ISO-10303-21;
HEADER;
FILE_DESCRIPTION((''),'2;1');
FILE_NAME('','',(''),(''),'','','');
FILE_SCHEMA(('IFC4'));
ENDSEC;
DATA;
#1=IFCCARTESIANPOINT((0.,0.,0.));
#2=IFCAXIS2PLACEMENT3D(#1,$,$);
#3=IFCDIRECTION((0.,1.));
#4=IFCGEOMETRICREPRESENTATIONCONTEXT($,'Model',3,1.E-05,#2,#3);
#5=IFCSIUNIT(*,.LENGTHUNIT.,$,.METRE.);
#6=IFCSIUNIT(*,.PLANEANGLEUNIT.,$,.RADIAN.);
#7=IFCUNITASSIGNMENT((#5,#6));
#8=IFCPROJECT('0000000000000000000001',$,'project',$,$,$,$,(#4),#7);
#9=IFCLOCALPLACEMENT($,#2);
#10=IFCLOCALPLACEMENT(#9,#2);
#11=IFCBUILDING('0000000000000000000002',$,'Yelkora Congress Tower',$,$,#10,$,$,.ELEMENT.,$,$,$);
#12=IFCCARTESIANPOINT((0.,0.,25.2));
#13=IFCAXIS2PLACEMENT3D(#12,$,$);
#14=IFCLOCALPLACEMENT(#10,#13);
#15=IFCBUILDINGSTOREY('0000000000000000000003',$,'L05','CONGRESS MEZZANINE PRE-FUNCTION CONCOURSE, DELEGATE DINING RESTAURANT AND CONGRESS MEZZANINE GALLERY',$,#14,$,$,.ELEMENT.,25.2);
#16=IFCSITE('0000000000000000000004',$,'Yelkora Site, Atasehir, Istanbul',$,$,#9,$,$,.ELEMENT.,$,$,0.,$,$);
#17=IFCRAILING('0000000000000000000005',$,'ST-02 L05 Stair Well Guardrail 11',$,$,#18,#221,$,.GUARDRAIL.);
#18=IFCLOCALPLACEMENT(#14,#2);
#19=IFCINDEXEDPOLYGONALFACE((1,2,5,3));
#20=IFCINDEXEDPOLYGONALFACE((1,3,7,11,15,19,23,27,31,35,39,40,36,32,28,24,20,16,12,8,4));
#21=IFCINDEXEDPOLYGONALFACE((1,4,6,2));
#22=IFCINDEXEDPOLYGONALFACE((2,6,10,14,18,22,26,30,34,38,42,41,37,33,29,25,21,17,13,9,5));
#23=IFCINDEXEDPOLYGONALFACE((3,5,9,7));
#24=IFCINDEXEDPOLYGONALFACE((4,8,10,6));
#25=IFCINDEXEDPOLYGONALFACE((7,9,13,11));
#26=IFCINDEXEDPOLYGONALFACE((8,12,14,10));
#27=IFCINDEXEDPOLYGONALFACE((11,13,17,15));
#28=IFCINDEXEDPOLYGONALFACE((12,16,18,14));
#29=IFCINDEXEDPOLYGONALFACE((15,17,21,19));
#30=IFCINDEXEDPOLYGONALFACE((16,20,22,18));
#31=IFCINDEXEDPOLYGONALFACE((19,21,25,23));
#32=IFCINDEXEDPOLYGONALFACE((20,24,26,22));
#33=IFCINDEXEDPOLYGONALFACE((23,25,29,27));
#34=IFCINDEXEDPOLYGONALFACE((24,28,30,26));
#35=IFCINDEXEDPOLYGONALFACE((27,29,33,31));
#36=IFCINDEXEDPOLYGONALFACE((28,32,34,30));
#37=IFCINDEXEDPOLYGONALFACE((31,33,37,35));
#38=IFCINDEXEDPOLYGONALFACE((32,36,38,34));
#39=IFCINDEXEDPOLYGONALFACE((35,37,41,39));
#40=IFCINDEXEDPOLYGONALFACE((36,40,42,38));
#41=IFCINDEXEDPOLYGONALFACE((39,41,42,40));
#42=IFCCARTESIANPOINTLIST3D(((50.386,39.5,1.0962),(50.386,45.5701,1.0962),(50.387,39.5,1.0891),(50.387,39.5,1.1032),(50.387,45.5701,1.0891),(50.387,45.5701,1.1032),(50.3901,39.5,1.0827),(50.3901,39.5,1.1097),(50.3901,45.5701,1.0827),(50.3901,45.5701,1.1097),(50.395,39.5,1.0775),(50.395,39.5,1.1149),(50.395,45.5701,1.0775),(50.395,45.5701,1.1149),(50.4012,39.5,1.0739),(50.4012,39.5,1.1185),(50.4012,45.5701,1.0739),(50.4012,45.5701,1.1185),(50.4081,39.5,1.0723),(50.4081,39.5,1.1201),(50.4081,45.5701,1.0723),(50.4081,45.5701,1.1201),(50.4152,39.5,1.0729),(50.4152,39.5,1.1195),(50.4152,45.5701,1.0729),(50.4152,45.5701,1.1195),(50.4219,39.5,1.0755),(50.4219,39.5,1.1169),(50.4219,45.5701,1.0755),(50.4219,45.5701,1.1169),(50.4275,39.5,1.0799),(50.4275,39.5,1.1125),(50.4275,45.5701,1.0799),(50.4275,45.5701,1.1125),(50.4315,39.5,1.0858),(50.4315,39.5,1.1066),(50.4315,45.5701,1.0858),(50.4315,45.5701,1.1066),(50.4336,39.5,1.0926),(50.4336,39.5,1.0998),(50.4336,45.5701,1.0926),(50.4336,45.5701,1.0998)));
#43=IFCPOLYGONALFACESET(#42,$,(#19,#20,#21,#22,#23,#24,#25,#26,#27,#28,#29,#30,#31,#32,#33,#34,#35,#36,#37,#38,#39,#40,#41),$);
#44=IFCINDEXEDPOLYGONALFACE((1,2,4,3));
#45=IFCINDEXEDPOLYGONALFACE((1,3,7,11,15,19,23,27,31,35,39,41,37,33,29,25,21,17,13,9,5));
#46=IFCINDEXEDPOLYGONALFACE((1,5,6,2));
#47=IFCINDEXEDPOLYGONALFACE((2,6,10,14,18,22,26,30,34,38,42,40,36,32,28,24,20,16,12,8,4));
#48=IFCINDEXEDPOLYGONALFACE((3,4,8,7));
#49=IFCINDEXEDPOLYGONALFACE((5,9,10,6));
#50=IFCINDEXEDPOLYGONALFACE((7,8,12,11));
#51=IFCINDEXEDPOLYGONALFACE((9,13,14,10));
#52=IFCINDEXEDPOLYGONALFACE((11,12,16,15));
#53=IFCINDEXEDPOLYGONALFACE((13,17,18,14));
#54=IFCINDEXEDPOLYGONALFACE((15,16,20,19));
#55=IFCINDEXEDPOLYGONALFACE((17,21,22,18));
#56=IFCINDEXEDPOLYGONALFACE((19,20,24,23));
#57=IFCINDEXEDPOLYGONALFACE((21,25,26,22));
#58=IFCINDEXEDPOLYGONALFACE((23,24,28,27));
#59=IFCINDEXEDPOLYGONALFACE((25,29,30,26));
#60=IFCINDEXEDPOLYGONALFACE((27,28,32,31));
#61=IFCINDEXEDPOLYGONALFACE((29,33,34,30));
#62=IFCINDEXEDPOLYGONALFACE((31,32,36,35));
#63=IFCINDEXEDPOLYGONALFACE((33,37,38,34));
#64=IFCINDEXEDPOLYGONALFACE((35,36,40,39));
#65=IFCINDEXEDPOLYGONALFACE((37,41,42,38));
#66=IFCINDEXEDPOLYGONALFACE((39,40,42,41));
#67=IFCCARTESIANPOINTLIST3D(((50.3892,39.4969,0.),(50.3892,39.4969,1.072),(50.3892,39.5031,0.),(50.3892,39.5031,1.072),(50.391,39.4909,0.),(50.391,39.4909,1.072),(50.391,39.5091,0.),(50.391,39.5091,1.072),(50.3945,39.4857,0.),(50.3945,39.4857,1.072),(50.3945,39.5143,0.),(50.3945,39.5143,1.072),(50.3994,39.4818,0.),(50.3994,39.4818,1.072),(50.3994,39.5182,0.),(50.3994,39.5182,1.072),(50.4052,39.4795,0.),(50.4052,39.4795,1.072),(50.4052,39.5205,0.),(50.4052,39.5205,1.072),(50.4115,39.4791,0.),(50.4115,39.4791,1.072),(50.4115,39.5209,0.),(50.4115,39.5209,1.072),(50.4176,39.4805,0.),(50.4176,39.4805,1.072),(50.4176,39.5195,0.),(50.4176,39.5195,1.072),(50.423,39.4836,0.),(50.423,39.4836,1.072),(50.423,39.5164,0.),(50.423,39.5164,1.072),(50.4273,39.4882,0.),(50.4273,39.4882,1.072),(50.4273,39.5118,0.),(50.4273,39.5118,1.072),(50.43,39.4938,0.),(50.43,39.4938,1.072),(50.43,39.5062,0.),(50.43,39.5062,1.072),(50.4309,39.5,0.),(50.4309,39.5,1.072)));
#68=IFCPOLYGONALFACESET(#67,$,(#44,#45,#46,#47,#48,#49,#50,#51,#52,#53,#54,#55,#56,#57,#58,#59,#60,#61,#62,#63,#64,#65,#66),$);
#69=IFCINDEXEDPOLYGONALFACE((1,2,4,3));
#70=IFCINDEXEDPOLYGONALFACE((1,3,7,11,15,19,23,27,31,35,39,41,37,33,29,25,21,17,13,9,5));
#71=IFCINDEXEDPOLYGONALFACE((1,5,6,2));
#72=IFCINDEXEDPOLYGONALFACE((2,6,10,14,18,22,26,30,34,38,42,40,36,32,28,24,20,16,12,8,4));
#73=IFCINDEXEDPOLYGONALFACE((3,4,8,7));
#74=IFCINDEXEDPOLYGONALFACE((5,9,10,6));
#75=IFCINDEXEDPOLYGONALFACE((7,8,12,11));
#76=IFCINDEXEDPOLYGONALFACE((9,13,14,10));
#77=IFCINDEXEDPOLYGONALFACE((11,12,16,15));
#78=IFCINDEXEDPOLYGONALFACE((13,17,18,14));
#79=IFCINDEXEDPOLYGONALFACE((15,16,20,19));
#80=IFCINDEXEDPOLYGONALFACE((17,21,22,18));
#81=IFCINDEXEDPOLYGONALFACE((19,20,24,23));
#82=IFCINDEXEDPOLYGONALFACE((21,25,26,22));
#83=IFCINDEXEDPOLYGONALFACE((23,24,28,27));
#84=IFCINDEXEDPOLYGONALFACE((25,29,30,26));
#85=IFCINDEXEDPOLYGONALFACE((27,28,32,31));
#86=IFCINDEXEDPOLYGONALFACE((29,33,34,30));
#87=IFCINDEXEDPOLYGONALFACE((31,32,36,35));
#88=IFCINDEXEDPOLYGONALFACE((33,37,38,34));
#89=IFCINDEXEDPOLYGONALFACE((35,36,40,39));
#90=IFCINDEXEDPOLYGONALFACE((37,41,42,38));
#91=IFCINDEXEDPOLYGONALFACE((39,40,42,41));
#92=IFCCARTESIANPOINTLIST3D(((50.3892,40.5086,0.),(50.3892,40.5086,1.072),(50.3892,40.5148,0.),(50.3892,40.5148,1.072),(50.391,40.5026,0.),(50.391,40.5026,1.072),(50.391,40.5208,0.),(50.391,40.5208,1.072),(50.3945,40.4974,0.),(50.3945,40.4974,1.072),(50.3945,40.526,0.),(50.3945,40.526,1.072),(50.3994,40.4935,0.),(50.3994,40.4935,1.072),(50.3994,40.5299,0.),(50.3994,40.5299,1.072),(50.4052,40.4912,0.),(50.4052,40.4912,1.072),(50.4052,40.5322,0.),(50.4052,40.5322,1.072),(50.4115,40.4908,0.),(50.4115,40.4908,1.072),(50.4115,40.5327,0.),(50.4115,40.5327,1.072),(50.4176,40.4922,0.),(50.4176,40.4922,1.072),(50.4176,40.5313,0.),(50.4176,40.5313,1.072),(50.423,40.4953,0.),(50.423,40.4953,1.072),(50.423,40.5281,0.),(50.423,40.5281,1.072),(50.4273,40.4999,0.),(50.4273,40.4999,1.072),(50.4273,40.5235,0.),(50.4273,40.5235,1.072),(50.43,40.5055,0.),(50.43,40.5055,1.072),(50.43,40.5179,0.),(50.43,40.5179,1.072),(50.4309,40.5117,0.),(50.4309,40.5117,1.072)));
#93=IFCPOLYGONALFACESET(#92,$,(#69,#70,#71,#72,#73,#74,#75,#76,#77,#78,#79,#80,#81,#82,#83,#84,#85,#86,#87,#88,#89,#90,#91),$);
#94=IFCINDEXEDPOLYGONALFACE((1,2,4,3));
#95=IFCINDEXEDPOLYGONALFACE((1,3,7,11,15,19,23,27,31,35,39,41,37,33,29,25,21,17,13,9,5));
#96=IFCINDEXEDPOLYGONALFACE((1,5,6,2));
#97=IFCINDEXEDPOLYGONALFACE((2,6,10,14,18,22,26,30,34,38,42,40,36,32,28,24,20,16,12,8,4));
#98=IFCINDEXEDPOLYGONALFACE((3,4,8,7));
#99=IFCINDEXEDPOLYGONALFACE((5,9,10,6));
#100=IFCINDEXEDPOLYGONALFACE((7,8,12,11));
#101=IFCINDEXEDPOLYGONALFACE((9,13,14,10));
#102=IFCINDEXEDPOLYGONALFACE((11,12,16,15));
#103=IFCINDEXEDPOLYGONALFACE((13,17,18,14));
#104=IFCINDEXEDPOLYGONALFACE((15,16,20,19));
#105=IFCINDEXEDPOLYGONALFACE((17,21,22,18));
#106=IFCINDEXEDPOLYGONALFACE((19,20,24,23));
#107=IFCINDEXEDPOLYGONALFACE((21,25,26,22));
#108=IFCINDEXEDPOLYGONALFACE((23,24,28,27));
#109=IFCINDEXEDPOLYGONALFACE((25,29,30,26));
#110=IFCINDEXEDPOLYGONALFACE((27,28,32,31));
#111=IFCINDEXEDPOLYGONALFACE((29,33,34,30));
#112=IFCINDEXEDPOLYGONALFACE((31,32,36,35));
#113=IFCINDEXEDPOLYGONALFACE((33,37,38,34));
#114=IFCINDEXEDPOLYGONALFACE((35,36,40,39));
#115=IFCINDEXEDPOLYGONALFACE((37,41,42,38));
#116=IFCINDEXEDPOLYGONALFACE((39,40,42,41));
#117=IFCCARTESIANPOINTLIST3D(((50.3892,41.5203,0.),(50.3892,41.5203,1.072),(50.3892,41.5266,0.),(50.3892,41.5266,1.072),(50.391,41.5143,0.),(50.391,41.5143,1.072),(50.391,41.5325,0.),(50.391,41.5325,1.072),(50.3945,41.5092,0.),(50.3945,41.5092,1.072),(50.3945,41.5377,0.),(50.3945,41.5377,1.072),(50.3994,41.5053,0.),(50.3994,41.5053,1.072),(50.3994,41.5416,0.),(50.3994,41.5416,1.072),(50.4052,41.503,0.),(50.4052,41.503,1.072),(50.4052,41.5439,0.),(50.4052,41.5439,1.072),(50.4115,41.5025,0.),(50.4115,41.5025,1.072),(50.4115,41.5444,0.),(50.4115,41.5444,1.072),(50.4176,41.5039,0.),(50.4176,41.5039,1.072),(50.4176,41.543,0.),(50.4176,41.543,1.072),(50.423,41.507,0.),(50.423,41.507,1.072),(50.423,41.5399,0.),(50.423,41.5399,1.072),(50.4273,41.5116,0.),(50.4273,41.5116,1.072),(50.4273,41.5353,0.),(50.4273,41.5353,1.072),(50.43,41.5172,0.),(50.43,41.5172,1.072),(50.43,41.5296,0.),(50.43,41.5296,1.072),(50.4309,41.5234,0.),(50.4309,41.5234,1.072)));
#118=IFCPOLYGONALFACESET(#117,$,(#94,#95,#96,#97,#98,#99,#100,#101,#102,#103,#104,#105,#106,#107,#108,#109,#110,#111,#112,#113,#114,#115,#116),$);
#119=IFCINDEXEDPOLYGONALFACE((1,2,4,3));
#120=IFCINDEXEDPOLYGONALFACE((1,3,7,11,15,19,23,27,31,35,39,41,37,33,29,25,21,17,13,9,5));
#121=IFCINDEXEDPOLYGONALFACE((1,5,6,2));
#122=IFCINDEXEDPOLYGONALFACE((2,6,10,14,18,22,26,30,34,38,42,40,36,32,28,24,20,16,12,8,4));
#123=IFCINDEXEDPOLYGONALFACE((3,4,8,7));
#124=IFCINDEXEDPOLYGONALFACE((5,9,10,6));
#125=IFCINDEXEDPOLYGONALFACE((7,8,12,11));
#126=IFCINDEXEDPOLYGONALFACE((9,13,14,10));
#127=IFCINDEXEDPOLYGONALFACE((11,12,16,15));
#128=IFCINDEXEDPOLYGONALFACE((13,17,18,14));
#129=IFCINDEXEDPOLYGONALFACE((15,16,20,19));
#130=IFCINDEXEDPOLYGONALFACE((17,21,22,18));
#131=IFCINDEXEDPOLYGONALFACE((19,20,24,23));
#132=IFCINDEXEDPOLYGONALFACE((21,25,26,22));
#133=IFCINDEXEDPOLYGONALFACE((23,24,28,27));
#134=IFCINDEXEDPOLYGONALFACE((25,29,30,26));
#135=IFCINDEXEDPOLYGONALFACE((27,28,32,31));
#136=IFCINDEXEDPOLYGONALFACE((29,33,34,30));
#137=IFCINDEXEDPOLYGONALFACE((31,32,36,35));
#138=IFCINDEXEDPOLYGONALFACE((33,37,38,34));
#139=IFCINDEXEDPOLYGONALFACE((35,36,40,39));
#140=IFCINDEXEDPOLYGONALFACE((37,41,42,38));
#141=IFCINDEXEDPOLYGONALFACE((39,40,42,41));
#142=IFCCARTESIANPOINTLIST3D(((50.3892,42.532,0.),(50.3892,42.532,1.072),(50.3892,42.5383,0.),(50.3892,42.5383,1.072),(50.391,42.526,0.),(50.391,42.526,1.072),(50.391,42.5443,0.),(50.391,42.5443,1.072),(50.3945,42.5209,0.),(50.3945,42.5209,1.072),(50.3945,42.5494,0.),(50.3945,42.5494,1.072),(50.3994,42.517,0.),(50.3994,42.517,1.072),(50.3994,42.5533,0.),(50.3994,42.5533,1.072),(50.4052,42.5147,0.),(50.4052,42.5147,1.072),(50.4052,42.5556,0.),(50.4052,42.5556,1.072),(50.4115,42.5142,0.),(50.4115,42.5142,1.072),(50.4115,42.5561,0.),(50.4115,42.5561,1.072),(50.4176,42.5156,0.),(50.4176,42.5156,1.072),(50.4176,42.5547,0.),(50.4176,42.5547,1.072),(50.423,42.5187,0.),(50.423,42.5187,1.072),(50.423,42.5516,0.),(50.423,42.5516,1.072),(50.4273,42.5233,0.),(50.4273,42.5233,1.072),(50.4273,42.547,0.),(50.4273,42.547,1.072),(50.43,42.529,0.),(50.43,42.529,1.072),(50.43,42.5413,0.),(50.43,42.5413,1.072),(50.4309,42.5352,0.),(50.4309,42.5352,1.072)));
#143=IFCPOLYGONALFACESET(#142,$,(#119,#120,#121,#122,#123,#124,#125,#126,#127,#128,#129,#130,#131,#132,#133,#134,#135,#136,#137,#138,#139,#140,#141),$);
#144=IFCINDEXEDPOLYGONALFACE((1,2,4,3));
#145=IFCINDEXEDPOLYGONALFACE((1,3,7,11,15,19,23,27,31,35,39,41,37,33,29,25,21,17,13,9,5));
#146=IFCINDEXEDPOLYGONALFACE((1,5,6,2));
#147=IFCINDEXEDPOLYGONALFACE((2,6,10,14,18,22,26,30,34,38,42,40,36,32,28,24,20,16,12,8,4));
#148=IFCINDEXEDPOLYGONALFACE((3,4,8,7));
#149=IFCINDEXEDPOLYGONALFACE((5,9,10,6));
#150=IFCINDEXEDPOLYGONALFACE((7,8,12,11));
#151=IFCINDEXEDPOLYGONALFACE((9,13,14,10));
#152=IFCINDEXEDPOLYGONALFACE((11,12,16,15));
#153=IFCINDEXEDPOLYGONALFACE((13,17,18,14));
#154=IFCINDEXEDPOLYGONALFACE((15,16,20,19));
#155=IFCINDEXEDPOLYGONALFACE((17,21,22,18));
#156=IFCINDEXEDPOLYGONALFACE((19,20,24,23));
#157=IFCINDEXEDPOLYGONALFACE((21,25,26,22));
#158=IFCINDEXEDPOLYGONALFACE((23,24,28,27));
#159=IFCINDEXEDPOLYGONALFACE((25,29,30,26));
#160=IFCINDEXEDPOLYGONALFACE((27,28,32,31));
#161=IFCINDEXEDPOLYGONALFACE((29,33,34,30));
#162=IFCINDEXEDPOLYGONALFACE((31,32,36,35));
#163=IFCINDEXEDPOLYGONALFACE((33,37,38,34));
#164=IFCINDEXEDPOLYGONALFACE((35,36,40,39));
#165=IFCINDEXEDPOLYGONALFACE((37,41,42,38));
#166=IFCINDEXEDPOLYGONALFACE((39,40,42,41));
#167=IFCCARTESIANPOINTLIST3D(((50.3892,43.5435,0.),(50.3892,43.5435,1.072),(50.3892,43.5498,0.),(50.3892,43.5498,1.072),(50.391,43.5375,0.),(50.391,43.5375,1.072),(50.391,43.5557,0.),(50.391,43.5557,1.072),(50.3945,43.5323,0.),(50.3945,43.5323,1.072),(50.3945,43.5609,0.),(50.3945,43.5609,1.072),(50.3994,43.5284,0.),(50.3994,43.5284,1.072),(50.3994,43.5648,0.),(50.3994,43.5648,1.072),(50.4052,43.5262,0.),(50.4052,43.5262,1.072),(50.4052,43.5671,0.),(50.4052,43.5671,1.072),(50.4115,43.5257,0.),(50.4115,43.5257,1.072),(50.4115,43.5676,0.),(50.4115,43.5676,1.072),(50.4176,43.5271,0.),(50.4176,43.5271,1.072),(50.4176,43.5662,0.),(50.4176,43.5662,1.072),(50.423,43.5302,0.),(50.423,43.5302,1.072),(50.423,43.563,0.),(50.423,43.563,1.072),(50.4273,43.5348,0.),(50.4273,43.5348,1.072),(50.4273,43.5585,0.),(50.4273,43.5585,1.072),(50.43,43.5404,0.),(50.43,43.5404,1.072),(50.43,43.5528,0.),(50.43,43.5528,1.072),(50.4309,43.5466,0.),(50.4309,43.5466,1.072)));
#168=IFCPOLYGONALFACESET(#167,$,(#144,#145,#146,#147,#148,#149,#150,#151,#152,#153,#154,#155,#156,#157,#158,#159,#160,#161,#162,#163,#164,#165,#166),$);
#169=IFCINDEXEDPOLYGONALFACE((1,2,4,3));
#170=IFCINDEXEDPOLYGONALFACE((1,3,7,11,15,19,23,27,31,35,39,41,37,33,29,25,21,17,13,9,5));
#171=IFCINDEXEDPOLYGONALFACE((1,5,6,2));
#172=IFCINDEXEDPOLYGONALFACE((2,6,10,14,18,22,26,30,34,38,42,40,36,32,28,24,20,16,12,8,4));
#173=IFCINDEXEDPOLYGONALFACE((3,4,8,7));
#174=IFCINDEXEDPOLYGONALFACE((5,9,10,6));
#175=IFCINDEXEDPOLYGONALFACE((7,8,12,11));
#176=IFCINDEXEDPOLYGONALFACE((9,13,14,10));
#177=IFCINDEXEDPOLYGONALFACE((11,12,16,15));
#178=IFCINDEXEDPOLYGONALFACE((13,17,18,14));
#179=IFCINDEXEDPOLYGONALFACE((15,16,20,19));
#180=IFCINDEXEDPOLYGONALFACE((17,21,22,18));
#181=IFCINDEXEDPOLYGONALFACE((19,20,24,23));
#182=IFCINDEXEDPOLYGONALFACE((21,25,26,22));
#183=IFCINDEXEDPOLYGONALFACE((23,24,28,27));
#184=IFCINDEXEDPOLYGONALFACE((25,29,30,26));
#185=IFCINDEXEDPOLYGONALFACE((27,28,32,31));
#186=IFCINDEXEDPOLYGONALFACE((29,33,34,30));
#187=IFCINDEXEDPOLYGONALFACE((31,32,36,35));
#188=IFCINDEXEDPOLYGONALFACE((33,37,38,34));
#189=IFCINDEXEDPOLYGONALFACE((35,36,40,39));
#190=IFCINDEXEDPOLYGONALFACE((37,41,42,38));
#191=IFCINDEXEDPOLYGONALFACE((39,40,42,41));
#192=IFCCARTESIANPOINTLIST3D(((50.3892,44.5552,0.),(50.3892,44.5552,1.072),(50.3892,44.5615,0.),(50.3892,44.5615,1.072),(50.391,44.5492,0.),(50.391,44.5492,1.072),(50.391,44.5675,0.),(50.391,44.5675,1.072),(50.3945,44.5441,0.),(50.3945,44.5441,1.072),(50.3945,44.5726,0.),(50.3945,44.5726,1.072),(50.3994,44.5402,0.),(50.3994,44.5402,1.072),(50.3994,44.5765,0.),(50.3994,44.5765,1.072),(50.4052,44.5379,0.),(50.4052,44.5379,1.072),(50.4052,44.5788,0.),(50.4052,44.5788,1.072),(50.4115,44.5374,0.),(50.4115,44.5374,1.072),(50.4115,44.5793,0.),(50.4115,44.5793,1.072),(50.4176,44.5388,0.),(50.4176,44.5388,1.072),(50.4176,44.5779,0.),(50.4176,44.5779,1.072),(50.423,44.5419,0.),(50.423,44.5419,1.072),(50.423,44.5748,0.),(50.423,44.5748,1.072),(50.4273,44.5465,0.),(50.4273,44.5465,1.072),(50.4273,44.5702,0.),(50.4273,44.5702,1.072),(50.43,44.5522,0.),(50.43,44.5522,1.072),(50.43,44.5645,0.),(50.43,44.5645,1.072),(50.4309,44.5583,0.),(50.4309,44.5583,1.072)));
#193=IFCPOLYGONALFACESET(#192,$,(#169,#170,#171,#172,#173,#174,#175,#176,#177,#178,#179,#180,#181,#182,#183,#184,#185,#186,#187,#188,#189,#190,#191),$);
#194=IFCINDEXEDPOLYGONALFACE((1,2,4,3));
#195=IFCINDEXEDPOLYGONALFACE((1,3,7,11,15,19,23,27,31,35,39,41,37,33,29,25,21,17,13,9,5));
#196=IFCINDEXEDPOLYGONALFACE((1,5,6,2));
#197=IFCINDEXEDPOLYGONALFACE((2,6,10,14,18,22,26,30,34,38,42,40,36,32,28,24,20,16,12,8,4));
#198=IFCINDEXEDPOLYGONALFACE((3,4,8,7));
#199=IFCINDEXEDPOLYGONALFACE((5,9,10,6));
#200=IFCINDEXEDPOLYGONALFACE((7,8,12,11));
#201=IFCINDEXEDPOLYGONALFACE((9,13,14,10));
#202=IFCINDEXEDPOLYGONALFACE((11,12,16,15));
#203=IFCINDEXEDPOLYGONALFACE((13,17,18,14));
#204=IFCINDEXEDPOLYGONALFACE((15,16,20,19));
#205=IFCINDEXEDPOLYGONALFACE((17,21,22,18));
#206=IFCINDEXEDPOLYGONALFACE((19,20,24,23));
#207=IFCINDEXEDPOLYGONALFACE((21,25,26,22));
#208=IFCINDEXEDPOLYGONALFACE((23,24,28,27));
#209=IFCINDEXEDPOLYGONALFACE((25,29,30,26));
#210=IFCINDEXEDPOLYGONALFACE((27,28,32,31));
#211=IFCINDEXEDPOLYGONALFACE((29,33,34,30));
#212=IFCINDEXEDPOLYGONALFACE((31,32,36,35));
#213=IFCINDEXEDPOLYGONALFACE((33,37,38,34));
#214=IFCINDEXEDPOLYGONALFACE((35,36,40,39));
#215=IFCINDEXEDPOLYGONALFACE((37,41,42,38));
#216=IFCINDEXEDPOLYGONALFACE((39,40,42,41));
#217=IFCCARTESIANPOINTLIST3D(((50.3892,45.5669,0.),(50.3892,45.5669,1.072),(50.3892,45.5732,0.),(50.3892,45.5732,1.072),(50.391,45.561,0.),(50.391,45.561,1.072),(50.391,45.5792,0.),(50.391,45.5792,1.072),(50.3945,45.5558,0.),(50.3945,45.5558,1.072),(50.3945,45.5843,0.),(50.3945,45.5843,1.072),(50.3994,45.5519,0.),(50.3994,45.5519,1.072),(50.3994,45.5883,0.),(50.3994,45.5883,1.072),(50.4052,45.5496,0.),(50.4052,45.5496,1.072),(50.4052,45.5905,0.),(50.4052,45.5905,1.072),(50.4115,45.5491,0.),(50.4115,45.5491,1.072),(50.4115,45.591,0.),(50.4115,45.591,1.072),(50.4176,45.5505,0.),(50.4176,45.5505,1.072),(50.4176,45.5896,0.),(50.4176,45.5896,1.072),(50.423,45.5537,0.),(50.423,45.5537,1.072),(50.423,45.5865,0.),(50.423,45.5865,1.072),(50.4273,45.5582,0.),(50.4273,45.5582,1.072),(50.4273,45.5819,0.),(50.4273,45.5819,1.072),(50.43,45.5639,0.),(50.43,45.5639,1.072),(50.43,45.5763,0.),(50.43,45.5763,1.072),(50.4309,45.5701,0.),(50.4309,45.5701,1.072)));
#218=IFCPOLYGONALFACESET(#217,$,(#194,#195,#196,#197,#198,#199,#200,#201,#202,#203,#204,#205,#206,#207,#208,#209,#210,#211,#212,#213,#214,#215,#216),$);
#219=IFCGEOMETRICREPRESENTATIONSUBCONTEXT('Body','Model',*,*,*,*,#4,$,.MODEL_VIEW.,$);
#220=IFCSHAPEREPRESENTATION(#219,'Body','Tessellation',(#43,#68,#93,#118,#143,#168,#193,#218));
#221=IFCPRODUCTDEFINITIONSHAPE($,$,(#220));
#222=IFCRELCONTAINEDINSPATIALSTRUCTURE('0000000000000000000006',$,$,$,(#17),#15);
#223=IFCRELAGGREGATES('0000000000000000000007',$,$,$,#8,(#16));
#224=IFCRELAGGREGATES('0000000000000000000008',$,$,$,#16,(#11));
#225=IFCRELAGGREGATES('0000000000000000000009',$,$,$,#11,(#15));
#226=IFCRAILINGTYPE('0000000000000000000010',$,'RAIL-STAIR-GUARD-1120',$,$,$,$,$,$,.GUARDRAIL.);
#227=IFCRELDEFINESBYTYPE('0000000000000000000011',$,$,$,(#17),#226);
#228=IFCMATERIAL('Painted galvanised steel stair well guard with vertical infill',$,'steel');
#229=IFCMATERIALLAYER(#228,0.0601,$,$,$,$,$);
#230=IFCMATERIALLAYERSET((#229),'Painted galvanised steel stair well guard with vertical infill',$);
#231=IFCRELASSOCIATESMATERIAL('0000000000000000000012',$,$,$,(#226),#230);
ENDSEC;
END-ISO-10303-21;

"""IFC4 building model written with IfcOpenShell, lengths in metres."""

from ifc_helpers import new_model, si_unit, direction, frame, origin, origin_2d, place, context, subcontext, project, spatial, circle, extrude, material, layer, layer_set, type_object, element, save


model = new_model("IFC4")

# Units and contexts
model_context = context("Model", 3, precision=1e-05, world=origin(), true_north=direction((0.0, 1.0)))
body_context = subcontext(model_context, "Body", "Model", "MODEL_VIEW")
ifc_project = project(units=[si_unit("LENGTHUNIT", "METRE"), si_unit("PLANEANGLEUNIT", "RADIAN")], contexts=[model_context])

# Site, building, storey
site_placement = place(None, origin())
site = spatial("IfcSite", under=ifc_project, at=site_placement, Name="Yelkora Site, Atasehir, Istanbul", CompositionType="ELEMENT", RefElevation=0.0)
building_placement = place(site_placement, origin())
building = spatial("IfcBuilding", under=site, at=building_placement, Name="Yelkora Congress Tower", CompositionType="ELEMENT")
storey_placement = place(building_placement, frame((0.0, 0.0, 25.2)))
storey = spatial("IfcBuildingStorey", under=building, at=storey_placement, Name="L05", Description="CONGRESS MEZZANINE PRE-FUNCTION CONCOURSE, DELEGATE DINING RESTAURANT AND CONGRESS MEZZANINE GALLERY", CompositionType="ELEMENT", Elevation=25.2)

# Railing
ifc_material_1 = material(Name="Painted galvanised steel stair well guard with vertical infill", Category="steel")
ifc_layer_1 = layer(ifc_material_1, 0.0601)
ifc_layer_set_1 = layer_set([ifc_layer_1], Name="Painted galvanised steel stair well guard with vertical infill")
railing_type_1 = type_object("IfcRailingType", Name="RAIL-STAIR-GUARD-1120", PredefinedType="GUARDRAIL", material=ifc_layer_set_1)
railing_1_placement = place(storey_placement, frame((50.4099, 39.5, 0.0)))
element("IfcRailing", 1, at=railing_1_placement, inside=storey, type_object=railing_type_1, Name="ST-02 L05 Stair Well Guardrail 11", PredefinedType="GUARDRAIL", context=body_context, shape_type="SweptSolid", body=[
    extrude(circle(Radius=0.0239, at=origin_2d()), frame((0.0, 0.0, 1.0962), z_axis=(0.0, 1.0, 0.0), x_axis=(-1.0, 0.0, 0.0)), (0.0, 0.0, 1.0), 6.0701),
    extrude(circle(Radius=0.021, at=origin_2d()), origin(), (0.0, 0.0, 1.0), 1.072),
    extrude(circle(Radius=0.021, at=origin_2d()), frame((0.0, 1.0117, 0.0)), (0.0, 0.0, 1.0), 1.072),
    extrude(circle(Radius=0.021, at=origin_2d()), frame((0.0, 2.0234, 0.0)), (0.0, 0.0, 1.0), 1.072),
    extrude(circle(Radius=0.021, at=origin_2d()), frame((0.0, 3.0352, 0.0)), (0.0, 0.0, 1.0), 1.072),
    extrude(circle(Radius=0.021, at=origin_2d()), frame((0.0, 4.0466, 0.0)), (0.0, 0.0, 1.0), 1.072),
    extrude(circle(Radius=0.021, at=origin_2d()), frame((0.0, 5.0583, 0.0)), (0.0, 0.0, 1.0), 1.072),
    extrude(circle(Radius=0.021, at=origin_2d()), frame((0.0, 6.0701, 0.0)), (0.0, 0.0, 1.0), 1.072),
])

save(model, "model.ifc")
